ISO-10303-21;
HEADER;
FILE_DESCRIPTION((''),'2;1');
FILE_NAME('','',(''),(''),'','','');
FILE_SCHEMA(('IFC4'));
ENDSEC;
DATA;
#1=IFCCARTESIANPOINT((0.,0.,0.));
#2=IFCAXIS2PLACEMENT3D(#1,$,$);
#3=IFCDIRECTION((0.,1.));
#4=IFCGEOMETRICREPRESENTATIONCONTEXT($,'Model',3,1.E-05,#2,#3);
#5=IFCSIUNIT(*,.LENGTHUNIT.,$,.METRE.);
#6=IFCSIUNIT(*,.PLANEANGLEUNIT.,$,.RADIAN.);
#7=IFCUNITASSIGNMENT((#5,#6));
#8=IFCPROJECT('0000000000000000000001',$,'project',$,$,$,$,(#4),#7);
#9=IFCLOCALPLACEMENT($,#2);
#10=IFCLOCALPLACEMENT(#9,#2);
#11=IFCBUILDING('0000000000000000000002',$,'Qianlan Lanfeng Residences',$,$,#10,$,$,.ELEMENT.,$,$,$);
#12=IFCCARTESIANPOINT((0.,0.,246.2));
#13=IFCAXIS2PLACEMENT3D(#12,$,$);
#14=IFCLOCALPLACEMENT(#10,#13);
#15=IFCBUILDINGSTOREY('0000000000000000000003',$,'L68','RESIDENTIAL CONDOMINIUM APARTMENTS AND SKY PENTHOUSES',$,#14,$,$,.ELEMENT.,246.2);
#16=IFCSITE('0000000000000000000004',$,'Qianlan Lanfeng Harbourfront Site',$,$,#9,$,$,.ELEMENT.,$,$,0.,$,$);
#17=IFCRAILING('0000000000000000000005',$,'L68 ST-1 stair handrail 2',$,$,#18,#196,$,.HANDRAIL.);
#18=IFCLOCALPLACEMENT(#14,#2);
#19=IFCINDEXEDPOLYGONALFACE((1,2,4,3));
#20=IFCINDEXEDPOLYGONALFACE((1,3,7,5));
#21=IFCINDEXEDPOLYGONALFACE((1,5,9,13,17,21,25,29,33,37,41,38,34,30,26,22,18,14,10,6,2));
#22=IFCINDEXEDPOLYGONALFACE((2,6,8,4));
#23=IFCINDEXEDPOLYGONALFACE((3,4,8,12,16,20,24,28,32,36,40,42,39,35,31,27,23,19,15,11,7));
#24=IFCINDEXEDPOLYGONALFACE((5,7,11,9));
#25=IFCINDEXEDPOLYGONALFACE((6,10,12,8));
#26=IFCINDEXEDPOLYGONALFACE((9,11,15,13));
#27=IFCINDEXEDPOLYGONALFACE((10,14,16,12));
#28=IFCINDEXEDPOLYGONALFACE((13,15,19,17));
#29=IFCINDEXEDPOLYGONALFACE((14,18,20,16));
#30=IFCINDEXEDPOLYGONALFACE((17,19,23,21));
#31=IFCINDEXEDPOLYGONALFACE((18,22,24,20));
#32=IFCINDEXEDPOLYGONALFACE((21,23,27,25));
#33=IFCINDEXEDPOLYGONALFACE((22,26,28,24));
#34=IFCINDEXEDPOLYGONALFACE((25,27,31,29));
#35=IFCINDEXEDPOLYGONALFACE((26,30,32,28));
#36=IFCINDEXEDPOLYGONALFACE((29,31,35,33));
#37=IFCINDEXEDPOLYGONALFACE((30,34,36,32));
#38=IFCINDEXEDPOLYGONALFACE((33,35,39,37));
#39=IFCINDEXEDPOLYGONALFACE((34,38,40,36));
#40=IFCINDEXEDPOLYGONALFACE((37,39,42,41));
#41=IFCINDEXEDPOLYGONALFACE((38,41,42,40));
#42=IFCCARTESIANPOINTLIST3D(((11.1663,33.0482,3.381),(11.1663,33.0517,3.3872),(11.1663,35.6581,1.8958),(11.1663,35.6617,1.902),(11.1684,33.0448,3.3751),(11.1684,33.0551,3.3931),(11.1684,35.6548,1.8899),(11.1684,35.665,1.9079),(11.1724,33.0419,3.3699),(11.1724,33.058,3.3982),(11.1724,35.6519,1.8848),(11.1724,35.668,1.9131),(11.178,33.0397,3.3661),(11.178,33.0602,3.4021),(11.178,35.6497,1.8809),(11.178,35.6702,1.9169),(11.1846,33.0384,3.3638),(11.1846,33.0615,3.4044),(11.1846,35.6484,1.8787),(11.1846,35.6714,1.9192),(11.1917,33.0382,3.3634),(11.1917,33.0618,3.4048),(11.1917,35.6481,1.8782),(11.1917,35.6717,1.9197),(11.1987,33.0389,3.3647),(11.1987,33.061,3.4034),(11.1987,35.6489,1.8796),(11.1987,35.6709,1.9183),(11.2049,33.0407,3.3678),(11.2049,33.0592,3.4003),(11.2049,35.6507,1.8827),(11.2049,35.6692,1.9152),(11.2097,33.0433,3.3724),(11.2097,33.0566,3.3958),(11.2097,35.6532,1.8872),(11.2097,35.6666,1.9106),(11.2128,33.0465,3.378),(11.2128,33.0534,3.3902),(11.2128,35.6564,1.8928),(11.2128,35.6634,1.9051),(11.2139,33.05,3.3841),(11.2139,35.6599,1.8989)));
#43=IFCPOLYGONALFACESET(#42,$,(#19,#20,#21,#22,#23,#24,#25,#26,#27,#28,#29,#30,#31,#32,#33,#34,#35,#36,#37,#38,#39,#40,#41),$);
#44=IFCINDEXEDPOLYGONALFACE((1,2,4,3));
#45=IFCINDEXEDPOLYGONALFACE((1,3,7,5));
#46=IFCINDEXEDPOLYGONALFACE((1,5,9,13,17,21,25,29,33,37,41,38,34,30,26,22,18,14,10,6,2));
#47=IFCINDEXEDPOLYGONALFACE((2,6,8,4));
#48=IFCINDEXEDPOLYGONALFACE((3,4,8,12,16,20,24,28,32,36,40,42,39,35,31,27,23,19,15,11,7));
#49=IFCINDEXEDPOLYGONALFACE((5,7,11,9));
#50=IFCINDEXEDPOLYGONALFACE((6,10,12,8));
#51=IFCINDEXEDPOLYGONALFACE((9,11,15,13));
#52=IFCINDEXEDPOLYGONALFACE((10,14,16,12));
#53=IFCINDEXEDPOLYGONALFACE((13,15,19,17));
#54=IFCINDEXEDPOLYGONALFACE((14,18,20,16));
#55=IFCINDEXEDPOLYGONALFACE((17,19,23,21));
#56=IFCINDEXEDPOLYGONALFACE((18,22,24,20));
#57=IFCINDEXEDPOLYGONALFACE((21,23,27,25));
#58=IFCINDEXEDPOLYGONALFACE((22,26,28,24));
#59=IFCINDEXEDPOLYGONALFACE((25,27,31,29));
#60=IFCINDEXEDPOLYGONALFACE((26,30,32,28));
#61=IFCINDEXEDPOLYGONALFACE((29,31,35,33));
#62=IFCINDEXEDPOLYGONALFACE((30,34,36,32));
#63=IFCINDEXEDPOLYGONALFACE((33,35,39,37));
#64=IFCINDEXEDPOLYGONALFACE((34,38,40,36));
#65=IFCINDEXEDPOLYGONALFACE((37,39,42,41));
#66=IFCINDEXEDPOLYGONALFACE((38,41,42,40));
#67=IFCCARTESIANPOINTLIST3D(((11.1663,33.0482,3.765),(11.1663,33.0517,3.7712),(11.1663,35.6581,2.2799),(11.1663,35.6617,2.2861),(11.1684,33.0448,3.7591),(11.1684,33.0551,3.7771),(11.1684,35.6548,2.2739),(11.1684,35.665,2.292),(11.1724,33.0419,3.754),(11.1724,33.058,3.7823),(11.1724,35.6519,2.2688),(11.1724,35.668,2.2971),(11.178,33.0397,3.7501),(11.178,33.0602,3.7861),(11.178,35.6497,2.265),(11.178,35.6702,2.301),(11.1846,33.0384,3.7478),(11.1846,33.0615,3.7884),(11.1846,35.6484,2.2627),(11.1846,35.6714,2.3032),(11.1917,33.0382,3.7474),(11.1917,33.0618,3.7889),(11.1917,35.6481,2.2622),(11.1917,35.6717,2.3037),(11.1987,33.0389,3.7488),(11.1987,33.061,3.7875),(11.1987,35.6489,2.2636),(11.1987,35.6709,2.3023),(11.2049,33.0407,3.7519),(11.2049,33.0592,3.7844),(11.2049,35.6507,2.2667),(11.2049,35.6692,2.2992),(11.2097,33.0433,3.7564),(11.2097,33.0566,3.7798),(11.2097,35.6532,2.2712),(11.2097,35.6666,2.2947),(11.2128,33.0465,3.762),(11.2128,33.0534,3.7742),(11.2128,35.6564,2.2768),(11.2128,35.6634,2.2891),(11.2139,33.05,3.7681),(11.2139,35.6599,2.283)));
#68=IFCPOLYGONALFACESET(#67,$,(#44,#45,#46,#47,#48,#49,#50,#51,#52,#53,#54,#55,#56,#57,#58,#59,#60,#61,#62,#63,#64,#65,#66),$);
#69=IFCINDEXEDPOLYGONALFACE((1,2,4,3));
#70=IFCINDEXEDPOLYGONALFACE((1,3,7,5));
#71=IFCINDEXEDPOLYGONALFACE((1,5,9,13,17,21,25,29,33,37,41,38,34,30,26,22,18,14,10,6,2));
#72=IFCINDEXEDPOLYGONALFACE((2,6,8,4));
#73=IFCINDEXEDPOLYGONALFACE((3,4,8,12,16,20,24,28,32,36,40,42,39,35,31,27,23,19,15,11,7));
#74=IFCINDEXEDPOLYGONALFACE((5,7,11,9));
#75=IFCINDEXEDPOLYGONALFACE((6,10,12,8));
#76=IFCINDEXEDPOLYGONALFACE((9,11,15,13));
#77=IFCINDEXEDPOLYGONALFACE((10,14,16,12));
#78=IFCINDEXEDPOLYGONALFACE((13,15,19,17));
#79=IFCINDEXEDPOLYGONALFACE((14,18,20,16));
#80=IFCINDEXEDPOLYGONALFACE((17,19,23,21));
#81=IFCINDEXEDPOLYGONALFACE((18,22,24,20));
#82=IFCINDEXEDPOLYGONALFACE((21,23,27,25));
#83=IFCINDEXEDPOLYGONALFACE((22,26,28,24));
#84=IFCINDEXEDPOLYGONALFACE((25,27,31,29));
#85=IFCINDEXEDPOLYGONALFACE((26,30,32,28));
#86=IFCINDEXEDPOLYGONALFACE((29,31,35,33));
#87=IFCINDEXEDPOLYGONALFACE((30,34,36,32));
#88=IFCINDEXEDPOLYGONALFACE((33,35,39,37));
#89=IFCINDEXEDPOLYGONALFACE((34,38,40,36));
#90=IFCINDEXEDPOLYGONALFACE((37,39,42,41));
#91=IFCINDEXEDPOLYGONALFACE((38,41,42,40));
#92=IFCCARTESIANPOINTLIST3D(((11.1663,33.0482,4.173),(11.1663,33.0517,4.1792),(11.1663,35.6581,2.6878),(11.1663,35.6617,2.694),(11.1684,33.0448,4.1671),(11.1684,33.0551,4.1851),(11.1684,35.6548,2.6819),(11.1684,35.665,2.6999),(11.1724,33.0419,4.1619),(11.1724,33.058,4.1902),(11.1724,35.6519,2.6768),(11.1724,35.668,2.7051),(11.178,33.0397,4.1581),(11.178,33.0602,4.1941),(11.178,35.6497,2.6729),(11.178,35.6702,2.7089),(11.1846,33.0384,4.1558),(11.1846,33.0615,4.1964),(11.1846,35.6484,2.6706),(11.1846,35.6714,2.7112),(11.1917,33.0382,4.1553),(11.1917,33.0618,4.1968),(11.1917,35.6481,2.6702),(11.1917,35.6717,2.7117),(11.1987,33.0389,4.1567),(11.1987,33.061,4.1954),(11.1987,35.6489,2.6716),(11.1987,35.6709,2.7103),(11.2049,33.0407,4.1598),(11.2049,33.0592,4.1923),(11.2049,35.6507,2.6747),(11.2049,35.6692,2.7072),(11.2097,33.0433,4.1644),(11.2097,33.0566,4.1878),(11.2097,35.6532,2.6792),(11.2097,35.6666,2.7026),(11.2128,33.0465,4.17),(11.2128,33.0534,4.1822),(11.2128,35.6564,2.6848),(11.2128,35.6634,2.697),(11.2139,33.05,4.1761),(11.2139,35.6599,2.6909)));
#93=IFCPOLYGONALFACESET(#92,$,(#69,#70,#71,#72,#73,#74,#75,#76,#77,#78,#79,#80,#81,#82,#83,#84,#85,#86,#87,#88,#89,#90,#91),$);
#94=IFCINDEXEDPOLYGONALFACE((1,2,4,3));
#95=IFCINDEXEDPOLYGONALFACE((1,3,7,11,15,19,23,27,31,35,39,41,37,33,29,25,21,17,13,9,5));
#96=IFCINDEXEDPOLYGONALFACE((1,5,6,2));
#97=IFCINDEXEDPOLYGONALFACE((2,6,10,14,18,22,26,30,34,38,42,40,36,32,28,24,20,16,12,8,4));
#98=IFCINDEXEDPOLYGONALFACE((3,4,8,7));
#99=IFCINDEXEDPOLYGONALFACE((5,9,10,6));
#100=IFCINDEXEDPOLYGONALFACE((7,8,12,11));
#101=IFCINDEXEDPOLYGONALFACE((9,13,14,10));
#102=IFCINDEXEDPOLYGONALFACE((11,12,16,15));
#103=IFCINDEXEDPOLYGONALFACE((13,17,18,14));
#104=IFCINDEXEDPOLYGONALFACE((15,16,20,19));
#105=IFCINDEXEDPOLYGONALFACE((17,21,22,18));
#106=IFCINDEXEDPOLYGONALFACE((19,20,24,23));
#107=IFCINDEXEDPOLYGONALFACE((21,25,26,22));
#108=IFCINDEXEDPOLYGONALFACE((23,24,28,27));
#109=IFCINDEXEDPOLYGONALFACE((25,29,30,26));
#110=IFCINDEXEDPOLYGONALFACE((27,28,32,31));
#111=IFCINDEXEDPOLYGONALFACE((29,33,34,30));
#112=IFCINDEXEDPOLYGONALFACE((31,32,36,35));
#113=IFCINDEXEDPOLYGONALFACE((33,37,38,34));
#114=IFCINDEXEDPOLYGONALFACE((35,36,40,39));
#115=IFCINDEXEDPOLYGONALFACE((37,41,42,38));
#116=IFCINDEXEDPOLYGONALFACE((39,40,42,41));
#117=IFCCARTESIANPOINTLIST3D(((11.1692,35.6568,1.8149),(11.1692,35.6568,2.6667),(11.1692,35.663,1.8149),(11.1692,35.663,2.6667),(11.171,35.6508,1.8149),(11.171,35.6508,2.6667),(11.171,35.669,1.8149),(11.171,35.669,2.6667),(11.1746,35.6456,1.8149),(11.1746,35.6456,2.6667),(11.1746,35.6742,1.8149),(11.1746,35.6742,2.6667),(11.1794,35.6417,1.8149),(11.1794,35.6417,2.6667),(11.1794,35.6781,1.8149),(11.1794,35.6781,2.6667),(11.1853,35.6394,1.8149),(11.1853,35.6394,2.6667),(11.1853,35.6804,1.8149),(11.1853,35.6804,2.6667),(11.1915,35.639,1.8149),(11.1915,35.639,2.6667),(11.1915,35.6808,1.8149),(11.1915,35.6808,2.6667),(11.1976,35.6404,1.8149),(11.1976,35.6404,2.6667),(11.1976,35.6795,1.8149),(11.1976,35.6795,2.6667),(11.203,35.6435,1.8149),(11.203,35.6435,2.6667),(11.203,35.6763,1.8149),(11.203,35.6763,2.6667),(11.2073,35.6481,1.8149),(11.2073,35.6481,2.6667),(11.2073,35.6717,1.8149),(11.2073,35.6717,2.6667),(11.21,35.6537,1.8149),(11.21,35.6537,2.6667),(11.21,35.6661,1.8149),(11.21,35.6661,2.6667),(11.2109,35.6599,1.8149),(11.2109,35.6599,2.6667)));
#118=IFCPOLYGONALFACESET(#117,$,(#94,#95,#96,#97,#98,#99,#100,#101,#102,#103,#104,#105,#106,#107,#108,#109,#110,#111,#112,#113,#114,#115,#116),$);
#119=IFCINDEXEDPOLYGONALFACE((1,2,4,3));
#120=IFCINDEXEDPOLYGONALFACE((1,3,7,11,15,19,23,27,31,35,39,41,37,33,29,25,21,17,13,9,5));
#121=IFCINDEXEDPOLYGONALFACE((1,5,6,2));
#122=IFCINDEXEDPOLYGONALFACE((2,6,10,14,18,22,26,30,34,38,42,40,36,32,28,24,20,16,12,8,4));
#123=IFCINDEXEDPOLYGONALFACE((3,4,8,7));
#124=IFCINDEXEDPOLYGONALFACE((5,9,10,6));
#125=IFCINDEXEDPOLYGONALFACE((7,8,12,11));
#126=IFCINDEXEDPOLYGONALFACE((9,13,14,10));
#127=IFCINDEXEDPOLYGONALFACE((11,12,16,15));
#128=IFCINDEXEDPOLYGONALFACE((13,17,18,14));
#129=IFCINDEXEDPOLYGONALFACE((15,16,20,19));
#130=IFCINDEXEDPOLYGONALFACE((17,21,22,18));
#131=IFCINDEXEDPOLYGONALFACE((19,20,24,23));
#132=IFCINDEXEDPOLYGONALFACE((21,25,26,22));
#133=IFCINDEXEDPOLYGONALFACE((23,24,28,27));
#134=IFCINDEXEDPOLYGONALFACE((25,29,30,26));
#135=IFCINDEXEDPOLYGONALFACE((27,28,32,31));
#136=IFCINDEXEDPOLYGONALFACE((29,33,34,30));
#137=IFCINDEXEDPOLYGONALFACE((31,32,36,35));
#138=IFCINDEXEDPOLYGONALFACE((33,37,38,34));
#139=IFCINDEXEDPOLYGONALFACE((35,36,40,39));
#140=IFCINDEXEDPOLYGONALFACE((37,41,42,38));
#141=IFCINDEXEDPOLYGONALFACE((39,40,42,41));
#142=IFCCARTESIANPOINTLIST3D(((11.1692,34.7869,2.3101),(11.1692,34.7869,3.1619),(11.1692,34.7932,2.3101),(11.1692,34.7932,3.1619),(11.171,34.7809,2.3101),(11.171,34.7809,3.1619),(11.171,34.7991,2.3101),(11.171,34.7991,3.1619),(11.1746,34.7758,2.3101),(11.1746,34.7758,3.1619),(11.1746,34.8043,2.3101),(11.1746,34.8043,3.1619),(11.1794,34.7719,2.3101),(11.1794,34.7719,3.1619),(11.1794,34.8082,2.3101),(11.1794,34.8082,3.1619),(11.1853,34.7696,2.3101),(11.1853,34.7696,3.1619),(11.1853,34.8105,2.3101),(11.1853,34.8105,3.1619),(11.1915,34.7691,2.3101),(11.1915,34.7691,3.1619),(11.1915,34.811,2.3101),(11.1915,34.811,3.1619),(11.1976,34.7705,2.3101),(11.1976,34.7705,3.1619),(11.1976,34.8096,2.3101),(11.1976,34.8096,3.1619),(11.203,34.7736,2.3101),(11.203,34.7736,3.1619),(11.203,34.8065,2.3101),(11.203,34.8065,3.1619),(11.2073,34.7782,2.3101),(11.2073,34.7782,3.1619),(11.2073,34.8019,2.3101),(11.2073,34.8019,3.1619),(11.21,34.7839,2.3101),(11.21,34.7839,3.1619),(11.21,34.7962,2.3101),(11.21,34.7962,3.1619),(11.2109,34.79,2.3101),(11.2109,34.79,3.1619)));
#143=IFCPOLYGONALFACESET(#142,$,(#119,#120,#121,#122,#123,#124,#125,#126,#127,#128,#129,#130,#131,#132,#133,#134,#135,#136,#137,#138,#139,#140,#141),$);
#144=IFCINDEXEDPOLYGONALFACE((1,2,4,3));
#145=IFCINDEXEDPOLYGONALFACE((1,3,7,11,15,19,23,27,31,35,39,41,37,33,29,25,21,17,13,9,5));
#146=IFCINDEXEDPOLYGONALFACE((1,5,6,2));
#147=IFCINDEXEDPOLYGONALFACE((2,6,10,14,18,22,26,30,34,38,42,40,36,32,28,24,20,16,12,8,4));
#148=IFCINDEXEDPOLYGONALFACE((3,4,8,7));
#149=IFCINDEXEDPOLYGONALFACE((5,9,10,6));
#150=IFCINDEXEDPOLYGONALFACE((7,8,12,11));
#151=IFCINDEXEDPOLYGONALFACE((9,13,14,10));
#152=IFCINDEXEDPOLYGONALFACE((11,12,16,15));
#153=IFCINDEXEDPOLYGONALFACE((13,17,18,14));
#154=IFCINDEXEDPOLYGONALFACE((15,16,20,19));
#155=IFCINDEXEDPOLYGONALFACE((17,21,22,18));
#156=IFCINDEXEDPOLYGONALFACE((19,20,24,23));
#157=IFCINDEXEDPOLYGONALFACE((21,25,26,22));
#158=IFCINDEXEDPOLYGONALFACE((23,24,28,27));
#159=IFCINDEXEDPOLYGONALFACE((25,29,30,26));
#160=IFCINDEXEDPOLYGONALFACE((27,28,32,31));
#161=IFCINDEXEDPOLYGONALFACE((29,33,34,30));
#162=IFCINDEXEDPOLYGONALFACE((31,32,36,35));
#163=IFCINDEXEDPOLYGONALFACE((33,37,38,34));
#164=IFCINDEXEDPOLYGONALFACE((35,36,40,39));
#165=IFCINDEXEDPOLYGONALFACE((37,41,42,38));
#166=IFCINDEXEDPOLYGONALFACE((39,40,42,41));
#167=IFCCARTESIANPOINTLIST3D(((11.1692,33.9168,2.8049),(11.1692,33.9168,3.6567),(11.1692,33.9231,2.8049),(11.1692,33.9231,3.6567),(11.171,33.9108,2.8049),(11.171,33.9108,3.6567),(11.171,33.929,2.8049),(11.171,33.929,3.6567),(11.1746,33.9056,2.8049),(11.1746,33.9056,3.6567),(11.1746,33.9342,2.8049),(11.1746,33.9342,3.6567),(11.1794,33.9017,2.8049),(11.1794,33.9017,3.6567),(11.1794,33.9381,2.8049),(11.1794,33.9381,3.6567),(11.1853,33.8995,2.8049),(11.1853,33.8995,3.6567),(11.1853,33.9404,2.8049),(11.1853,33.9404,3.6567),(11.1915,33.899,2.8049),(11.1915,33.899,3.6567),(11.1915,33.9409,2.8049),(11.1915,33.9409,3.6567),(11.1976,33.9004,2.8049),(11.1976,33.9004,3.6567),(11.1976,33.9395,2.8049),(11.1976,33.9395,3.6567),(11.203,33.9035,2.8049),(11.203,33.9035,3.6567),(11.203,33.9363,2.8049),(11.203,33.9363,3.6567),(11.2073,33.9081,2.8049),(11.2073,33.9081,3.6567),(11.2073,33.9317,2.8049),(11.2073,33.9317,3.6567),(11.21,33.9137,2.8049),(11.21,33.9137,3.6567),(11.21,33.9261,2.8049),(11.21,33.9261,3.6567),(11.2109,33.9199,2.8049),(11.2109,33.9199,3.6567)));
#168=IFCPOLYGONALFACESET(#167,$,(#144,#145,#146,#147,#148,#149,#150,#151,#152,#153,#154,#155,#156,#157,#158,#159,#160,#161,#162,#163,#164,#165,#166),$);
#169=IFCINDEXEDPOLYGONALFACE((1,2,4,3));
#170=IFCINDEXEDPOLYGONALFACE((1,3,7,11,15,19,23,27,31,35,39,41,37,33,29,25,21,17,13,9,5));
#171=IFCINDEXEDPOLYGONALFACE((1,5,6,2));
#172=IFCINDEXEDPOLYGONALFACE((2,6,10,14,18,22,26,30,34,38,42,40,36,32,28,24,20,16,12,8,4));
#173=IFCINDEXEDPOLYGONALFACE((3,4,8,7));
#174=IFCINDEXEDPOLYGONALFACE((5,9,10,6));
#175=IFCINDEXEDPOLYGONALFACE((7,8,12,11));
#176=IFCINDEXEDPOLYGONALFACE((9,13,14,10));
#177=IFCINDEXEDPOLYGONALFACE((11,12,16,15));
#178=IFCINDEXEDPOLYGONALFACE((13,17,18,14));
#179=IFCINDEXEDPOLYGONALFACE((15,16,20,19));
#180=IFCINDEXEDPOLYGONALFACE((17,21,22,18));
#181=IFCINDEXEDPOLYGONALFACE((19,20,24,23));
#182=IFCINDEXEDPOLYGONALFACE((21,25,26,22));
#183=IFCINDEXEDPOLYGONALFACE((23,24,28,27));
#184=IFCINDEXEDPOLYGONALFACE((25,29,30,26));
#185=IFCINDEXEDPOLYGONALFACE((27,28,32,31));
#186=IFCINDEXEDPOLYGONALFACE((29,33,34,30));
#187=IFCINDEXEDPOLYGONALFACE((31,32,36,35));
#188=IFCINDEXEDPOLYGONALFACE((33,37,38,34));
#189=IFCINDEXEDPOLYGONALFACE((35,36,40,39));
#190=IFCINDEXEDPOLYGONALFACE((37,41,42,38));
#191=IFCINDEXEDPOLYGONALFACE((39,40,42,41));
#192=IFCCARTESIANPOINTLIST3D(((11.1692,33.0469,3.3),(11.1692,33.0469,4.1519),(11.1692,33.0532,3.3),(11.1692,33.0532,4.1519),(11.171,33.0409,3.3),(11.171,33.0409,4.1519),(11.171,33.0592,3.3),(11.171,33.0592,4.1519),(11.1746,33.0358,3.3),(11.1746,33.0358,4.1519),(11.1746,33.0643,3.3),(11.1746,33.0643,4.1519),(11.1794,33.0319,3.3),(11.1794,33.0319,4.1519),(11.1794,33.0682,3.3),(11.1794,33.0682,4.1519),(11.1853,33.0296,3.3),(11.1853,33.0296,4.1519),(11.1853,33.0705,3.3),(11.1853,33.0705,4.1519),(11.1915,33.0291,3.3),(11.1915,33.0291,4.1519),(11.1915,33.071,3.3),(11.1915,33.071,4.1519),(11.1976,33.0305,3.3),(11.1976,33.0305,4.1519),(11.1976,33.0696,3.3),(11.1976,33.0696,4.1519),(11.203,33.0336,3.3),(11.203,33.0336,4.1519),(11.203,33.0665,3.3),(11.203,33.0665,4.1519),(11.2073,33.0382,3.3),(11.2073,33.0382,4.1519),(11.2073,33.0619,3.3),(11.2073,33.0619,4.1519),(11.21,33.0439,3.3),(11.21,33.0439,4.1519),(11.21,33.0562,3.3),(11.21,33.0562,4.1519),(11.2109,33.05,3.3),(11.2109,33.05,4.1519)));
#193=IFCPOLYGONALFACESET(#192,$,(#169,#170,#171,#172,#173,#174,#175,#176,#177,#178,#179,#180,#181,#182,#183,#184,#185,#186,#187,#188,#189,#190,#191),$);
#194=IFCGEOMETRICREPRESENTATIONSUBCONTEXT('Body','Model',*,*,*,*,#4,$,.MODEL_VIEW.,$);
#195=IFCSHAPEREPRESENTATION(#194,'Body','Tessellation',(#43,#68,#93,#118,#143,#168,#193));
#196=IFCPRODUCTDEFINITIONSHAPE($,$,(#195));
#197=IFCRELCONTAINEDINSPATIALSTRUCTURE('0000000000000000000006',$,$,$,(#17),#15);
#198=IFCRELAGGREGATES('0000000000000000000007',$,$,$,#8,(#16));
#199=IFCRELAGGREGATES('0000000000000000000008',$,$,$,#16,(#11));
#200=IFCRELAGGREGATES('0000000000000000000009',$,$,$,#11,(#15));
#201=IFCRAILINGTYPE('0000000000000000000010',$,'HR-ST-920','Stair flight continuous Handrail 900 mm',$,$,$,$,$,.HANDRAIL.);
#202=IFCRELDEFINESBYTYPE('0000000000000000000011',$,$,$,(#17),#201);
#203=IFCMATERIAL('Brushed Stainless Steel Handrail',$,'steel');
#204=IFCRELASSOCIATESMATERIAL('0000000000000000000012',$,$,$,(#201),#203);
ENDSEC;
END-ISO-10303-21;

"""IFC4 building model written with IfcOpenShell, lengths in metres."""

from ifc_helpers import new_model, si_unit, direction, frame, origin, origin_2d, place, context, subcontext, project, spatial, circle, extrude, material, type_object, element, save


model = new_model("IFC4")

# Units and contexts
model_context = context("Model", 3, precision=1e-05, world=origin(), true_north=direction((0.0, 1.0)))
body_context = subcontext(model_context, "Body", "Model", "MODEL_VIEW")
ifc_project = project(units=[si_unit("LENGTHUNIT", "METRE"), si_unit("PLANEANGLEUNIT", "RADIAN")], contexts=[model_context])

# Site, building, storey
site_placement = place(None, origin())
site = spatial("IfcSite", under=ifc_project, at=site_placement, Name="Qianlan Lanfeng Harbourfront Site", CompositionType="ELEMENT", RefElevation=0.0)
building_placement = place(site_placement, origin())
building = spatial("IfcBuilding", under=site, at=building_placement, Name="Qianlan Lanfeng Residences", CompositionType="ELEMENT")
storey_placement = place(building_placement, frame((0.0, 0.0, 246.2)))
storey = spatial("IfcBuildingStorey", under=building, at=storey_placement, Name="L68", Description="RESIDENTIAL CONDOMINIUM APARTMENTS AND SKY PENTHOUSES", CompositionType="ELEMENT", Elevation=246.2)

# Railing
ifc_material_1 = material(Name="Brushed Stainless Steel Handrail", Category="steel")
railing_type_1 = type_object("IfcRailingType", Name="HR-ST-920", Description="Stair flight continuous Handrail 900 mm", PredefinedType="HANDRAIL", material=ifc_material_1)
railing_1_placement = place(storey_placement, frame((11.1899, 35.6599, 1.8149)))
element("IfcRailing", 1, at=railing_1_placement, inside=storey, type_object=railing_type_1, Name="L68 ST-1 stair handrail 2", PredefinedType="HANDRAIL", context=body_context, shape_type="SweptSolid", body=[
    extrude(circle(Radius=0.0239, at=origin_2d()), frame((0.0, 0.0, 0.084), z_axis=(0.0, -0.869137, 0.494571), x_axis=(1.0, 0.0, 0.0)), (0.0, 0.0, 1.0), 3.0029),
    extrude(circle(Radius=0.0239, at=origin_2d()), frame((0.0, 0.0, 0.468), z_axis=(0.0, -0.869137, 0.494571), x_axis=(1.0, 0.0, 0.0)), (0.0, 0.0, 1.0), 3.0029),
    extrude(circle(Radius=0.0239, at=origin_2d()), frame((0.0, 0.0, 0.876), z_axis=(0.0, -0.869137, 0.494571), x_axis=(1.0, 0.0, 0.0)), (0.0, 0.0, 1.0), 3.0029),
    extrude(circle(Radius=0.021, at=origin_2d()), origin(), (0.0, 0.0, 1.0), 0.8518),
    extrude(circle(Radius=0.021, at=origin_2d()), frame((0.0, -0.8699, 0.4951)), (0.0, 0.0, 1.0), 0.8518),
    extrude(circle(Radius=0.021, at=origin_2d()), frame((0.0, -1.74, 0.99)), (0.0, 0.0, 1.0), 0.8518),
    extrude(circle(Radius=0.021, at=origin_2d()), frame((0.0, -2.6099, 1.4851)), (0.0, 0.0, 1.0), 0.8518),
])

save(model, "model.ifc")
